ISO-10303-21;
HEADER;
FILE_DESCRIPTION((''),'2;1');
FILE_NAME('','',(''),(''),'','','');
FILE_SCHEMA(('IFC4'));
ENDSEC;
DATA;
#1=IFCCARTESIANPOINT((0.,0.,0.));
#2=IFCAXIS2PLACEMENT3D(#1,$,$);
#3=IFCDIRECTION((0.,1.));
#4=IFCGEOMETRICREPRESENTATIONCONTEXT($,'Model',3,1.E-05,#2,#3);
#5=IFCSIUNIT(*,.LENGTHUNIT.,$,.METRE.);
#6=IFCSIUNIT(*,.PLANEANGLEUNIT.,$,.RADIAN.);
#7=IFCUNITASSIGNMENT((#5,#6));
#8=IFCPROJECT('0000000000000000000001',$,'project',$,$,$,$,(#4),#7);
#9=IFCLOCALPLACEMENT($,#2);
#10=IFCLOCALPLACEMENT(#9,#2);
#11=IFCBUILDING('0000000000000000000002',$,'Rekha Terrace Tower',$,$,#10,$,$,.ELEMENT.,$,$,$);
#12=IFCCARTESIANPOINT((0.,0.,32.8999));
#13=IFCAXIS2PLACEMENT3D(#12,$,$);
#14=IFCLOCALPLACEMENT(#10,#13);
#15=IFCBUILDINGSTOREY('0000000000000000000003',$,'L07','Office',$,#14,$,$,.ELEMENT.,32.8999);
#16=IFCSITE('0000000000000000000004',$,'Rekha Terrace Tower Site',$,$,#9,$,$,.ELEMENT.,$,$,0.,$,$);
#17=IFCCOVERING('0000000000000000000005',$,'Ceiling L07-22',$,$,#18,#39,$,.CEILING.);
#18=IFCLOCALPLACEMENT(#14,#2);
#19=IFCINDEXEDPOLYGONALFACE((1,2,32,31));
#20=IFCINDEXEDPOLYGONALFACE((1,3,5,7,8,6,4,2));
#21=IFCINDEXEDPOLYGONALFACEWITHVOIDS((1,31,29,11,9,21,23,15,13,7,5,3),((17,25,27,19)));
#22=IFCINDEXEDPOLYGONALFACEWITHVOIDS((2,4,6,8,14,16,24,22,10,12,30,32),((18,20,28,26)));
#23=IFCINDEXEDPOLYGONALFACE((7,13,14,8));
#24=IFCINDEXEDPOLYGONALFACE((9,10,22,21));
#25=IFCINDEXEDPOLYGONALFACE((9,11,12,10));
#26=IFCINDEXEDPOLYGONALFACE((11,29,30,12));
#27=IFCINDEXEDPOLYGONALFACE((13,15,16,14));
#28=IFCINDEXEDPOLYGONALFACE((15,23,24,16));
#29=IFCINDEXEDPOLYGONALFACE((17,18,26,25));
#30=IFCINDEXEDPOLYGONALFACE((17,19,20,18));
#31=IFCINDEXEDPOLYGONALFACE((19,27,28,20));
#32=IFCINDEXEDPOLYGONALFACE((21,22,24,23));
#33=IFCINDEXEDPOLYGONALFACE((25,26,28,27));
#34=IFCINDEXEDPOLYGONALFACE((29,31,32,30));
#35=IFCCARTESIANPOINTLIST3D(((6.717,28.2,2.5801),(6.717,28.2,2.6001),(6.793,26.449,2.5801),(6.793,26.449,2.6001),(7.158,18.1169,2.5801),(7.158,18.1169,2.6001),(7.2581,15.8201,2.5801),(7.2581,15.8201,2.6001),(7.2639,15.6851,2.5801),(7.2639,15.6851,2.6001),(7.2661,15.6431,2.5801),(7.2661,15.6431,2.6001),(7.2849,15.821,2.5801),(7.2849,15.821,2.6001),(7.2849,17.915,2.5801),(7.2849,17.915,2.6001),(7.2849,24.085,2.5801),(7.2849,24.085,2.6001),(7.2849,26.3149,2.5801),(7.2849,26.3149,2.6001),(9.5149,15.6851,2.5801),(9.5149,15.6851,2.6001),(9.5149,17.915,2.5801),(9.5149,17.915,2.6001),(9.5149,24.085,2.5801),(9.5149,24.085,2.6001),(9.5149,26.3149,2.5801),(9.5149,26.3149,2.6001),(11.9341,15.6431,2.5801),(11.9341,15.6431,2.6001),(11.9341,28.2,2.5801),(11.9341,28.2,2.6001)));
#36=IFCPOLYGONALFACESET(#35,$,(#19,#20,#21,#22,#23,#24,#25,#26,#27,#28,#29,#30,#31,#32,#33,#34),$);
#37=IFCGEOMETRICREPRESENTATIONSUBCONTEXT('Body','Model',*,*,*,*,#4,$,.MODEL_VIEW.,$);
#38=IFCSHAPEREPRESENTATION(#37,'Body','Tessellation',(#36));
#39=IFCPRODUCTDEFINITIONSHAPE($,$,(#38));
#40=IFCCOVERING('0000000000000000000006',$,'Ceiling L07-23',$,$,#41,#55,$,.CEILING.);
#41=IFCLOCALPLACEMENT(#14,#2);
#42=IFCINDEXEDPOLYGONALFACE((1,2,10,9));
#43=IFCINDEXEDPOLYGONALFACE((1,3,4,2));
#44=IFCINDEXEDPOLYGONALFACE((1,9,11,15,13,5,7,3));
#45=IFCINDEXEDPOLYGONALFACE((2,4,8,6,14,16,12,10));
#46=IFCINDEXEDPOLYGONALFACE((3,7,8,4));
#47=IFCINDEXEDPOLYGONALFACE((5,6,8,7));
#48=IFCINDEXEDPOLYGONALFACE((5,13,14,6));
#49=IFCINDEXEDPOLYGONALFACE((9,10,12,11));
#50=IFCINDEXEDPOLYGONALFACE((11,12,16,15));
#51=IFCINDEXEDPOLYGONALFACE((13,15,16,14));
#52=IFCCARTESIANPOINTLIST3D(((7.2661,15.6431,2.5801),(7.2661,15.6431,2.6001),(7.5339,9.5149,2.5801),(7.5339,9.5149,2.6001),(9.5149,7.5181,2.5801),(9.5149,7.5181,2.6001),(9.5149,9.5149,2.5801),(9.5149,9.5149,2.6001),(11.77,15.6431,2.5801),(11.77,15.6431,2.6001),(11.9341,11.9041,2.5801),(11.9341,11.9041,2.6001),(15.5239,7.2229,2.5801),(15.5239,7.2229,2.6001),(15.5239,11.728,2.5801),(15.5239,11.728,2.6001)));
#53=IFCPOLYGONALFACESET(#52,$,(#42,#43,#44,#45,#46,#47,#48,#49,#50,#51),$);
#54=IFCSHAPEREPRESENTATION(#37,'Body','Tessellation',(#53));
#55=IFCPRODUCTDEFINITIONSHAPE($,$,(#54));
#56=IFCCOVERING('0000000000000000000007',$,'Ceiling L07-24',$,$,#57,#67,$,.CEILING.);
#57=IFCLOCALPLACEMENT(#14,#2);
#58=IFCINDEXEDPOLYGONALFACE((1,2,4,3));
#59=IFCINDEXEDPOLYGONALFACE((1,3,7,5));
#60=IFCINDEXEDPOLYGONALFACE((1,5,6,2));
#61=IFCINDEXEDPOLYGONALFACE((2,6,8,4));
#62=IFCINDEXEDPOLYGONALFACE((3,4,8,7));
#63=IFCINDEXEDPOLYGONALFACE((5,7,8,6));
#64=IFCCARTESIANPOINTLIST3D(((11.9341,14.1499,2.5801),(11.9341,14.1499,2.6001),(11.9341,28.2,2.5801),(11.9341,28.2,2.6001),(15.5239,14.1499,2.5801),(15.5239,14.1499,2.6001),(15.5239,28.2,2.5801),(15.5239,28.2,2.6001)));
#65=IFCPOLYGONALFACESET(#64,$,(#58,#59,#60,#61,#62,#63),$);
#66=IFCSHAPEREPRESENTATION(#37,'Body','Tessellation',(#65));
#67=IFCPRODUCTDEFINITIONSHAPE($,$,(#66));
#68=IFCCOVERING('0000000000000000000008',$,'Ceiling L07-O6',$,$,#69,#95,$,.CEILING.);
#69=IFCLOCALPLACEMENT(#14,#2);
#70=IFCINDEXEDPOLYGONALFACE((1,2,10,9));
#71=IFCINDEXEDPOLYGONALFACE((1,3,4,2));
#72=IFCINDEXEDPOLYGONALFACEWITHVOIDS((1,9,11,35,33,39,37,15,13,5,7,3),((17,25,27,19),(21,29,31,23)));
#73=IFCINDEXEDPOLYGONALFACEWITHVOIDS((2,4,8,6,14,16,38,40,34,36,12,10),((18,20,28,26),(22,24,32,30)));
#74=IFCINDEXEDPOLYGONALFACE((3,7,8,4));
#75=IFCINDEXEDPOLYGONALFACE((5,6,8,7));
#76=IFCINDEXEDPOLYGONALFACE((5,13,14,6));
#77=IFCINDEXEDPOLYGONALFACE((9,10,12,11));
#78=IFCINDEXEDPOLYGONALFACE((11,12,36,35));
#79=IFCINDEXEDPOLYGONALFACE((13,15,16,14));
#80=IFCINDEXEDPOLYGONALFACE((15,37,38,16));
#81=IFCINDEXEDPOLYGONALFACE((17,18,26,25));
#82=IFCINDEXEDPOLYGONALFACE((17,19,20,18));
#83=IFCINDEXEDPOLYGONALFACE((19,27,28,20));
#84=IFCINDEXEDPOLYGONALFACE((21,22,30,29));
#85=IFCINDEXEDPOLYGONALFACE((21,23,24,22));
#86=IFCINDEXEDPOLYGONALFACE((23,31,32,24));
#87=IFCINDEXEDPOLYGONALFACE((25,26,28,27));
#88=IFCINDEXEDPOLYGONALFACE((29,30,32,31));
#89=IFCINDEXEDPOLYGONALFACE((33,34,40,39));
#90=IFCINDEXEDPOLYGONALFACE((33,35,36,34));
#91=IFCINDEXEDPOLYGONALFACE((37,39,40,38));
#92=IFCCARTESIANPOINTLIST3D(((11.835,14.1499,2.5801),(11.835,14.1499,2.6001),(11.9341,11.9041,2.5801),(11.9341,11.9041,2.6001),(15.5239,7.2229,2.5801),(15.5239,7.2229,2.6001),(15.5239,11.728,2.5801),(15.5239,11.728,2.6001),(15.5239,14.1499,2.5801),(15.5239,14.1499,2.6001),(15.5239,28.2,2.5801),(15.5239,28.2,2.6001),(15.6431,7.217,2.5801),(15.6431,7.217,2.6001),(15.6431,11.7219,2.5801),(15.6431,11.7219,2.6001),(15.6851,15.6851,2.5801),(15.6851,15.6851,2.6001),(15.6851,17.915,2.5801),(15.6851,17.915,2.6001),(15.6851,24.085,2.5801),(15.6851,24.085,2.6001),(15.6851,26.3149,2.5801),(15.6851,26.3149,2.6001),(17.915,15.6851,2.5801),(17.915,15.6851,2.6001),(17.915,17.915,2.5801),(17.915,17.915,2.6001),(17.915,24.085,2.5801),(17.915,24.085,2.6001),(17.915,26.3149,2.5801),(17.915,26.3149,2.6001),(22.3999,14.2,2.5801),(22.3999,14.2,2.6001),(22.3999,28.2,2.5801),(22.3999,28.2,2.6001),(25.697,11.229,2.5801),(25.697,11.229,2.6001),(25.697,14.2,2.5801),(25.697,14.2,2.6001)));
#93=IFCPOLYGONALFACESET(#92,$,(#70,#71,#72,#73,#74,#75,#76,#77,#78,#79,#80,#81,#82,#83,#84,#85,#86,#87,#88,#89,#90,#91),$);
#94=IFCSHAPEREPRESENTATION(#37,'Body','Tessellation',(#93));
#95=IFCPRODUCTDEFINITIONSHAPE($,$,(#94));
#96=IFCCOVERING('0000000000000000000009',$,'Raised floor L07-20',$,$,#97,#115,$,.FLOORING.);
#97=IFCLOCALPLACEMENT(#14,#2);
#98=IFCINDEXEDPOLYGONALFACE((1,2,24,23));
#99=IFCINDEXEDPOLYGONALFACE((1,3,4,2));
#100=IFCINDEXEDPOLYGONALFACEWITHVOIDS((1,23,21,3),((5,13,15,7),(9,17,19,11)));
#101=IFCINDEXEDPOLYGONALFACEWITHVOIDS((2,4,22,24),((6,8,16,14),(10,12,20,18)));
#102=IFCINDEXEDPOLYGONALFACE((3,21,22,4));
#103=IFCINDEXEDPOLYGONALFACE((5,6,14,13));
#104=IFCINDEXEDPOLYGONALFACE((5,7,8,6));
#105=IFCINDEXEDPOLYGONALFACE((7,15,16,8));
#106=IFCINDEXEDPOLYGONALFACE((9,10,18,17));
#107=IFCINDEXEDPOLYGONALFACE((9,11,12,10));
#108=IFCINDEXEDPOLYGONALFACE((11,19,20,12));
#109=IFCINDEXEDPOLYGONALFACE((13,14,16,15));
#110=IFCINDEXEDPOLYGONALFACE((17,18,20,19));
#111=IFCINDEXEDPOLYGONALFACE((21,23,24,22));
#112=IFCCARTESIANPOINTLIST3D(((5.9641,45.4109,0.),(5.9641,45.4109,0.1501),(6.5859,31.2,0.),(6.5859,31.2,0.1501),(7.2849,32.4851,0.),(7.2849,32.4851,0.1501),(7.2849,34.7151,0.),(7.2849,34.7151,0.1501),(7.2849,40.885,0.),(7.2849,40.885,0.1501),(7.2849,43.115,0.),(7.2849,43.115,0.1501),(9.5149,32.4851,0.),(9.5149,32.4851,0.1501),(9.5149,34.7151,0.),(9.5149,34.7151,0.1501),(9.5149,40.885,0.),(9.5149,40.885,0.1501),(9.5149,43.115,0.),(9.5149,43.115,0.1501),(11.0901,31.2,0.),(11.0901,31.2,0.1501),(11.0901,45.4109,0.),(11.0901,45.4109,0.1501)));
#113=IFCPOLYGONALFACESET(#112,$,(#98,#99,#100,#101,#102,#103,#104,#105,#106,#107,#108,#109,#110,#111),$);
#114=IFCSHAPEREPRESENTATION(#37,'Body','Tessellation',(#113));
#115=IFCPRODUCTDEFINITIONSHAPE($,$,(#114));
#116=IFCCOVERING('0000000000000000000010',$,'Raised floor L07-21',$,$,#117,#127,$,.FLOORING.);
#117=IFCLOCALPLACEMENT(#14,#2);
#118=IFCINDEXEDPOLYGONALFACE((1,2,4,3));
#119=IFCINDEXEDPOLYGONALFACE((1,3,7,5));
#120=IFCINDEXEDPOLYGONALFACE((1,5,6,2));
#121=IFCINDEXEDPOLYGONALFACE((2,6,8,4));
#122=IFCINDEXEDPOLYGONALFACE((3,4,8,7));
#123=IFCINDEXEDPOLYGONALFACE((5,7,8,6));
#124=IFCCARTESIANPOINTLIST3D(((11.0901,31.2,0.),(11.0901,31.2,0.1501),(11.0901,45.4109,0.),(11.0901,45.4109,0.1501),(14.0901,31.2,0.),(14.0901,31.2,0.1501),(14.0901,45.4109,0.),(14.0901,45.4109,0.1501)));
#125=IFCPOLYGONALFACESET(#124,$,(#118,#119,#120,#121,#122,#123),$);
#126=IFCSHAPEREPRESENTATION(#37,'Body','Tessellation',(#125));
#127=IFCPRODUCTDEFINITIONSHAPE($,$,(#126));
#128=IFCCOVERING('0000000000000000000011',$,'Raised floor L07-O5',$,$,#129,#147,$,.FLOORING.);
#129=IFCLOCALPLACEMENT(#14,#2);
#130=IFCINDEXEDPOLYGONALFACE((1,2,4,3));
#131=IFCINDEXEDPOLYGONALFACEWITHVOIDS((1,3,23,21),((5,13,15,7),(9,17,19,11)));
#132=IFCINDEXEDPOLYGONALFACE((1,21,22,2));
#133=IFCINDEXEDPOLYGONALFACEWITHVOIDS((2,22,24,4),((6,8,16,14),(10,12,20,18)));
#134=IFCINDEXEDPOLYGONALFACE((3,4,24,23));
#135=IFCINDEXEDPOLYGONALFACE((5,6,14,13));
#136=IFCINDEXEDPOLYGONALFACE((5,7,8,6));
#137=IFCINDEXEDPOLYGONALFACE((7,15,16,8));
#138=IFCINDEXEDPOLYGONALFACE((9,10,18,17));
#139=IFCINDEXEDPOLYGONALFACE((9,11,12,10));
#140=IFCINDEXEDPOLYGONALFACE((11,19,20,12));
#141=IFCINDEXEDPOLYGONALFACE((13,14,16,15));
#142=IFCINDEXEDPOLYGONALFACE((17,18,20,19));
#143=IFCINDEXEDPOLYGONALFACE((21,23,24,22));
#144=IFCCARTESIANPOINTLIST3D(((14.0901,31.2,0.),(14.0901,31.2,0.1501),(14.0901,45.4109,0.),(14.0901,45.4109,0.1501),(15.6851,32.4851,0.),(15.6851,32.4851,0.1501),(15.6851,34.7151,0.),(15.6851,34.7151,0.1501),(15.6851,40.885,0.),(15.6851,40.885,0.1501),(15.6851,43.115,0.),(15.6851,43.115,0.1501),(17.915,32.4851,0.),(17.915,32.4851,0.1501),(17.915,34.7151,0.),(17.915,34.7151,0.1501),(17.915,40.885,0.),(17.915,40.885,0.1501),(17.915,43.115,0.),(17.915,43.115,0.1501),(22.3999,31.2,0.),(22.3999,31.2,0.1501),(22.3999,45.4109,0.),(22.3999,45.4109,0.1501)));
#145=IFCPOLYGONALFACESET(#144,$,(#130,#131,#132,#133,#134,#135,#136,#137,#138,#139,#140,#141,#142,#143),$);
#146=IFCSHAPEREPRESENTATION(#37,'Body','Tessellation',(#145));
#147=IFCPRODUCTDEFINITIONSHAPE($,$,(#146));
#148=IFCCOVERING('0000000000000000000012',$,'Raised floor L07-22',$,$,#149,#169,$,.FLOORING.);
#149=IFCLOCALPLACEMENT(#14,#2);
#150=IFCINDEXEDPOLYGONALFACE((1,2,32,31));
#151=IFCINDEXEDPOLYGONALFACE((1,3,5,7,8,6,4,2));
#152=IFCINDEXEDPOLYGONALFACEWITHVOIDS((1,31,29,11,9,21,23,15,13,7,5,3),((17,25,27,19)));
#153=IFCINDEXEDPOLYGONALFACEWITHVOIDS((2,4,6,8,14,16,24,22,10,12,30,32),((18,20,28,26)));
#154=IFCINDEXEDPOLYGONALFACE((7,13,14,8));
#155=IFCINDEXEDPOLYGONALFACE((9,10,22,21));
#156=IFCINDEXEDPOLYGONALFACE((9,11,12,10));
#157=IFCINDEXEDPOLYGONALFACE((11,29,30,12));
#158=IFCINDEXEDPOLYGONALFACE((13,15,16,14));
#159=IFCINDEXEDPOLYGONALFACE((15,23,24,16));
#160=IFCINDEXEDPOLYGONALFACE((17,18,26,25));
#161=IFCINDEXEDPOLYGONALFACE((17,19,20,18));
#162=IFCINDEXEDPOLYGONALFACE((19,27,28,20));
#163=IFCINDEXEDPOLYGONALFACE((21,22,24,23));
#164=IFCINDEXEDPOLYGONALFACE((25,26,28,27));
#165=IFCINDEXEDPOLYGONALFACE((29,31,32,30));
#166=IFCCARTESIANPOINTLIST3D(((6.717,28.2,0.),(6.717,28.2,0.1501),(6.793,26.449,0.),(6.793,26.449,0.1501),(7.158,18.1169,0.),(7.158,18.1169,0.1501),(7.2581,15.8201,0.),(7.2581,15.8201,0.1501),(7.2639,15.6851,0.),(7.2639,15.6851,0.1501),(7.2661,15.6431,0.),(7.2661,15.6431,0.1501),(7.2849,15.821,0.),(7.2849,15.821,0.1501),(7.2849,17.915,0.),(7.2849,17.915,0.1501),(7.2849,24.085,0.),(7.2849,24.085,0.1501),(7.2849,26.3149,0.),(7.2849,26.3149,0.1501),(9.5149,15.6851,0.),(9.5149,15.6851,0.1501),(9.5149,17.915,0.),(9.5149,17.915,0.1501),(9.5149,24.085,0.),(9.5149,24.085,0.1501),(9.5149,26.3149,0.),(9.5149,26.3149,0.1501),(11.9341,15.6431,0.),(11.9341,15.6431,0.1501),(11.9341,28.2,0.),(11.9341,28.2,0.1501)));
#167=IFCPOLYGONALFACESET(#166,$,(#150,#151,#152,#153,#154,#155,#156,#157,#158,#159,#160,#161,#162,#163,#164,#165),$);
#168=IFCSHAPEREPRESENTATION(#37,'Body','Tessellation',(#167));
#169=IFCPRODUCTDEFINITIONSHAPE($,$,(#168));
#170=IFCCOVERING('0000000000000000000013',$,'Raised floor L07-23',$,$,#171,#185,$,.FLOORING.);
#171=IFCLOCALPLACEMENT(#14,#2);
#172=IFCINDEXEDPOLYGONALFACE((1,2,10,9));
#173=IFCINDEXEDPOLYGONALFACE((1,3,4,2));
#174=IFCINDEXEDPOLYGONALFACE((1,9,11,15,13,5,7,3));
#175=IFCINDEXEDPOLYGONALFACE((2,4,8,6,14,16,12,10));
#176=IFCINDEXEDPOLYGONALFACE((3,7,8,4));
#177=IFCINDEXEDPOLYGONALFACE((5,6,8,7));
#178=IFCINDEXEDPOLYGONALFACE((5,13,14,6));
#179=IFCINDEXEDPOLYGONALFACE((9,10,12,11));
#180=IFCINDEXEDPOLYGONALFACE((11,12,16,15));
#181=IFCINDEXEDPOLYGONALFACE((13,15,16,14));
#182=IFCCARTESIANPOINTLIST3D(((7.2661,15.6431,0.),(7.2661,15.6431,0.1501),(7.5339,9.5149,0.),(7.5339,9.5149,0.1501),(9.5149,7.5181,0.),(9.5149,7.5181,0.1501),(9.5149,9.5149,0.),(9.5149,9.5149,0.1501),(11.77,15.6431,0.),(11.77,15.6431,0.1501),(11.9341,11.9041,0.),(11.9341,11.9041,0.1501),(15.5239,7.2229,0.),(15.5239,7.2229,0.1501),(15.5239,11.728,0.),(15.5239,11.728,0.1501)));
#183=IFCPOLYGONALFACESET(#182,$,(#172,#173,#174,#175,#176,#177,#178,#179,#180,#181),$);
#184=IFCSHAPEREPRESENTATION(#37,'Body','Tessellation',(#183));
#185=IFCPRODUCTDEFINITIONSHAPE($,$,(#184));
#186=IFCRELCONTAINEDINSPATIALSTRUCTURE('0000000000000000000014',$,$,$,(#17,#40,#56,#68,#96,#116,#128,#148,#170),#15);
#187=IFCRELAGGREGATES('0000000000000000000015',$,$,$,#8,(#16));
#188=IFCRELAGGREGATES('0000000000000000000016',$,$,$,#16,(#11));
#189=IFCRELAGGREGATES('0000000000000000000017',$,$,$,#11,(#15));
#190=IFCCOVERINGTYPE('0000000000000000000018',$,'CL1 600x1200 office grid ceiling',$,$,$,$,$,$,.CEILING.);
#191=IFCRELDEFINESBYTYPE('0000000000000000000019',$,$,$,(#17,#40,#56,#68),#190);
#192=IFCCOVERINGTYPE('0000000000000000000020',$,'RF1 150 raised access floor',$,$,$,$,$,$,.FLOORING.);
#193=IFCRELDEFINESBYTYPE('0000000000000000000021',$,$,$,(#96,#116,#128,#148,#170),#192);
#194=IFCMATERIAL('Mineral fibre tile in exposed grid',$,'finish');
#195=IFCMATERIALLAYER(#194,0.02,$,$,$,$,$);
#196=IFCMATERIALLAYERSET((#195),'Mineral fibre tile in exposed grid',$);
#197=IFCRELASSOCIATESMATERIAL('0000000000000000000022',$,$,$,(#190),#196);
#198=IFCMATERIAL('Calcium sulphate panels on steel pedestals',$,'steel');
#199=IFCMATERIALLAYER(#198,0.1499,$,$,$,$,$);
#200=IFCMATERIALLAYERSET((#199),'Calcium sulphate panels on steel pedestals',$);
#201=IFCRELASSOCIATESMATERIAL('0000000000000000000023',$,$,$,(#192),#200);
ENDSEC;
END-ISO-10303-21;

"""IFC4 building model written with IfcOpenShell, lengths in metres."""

from ifc_helpers import new_model, si_unit, direction, frame, origin, place, context, subcontext, project, spatial, polyline, outline, extrude, material, layer, layer_set, type_object, element, save


model = new_model("IFC4")

# Units and contexts
model_context = context("Model", 3, precision=1e-05, world=origin(), true_north=direction((0.0, 1.0)))
body_context = subcontext(model_context, "Body", "Model", "MODEL_VIEW")
ifc_project = project(units=[si_unit("LENGTHUNIT", "METRE"), si_unit("PLANEANGLEUNIT", "RADIAN")], contexts=[model_context])

# Site, building, storey
site_placement = place(None, origin())
site = spatial("IfcSite", under=ifc_project, at=site_placement, Name="Rekha Terrace Tower Site", CompositionType="ELEMENT", RefElevation=0.0)
building_placement = place(site_placement, origin())
building = spatial("IfcBuilding", under=site, at=building_placement, Name="Rekha Terrace Tower", CompositionType="ELEMENT")
storey_placement = place(building_placement, frame((0.0, 0.0, 32.8999)))
storey = spatial("IfcBuildingStorey", under=building, at=storey_placement, Name="L07", Description="Office", CompositionType="ELEMENT", Elevation=32.8999)

# Coverings
ifc_material_1 = material(Name="Mineral fibre tile in exposed grid", Category="finish")
ifc_layer_1 = layer(ifc_material_1, 0.02)
ifc_layer_set_1 = layer_set([ifc_layer_1], Name="Mineral fibre tile in exposed grid")
covering_type_1 = type_object("IfcCoveringType", Name="CL1 600x1200 office grid ceiling", PredefinedType="CEILING", material=ifc_layer_set_1)
covering_1_placement = place(storey_placement, frame((0.0, 0.0, 2.5801)))
element("IfcCovering", 1, at=covering_1_placement, inside=storey, type_object=covering_type_1, Name="Ceiling L07-22", PredefinedType="CEILING", context=body_context, shape_type="SweptSolid", body=[
    extrude(outline(polyline([(7.2581, 15.8201), (7.2849, 15.821), (7.2849, 17.915), (9.5149, 17.915), (9.5149, 15.6851), (7.2639, 15.6851), (7.2661, 15.6431), (11.9341, 15.6431), (11.9341, 28.2), (6.717, 28.2), (6.793, 26.449), (7.158, 18.1169), (7.2581, 15.8201)]), holes=[polyline([(9.5149, 24.085), (7.2849, 24.085), (7.2849, 26.3149), (9.5149, 26.3149), (9.5149, 24.085)])]), origin(), (0.0, 0.0, 1.0), 0.02),
])
covering_2_placement = place(storey_placement, frame((0.0, 0.0, 2.5801)))
element("IfcCovering", 2, at=covering_2_placement, inside=storey, type_object=covering_type_1, Name="Ceiling L07-23", PredefinedType="CEILING", context=body_context, shape_type="SweptSolid", body=[
    extrude(outline(polyline([(11.9341, 11.9041), (11.77, 15.6431), (7.2661, 15.6431), (7.5339, 9.5149), (9.5149, 9.5149), (9.5149, 7.5181), (15.5239, 7.2229), (15.5239, 11.728), (11.9341, 11.9041)])), origin(), (0.0, 0.0, 1.0), 0.02),
])
covering_3_placement = place(storey_placement, frame((0.0, 0.0, 2.5801)))
element("IfcCovering", 3, at=covering_3_placement, inside=storey, type_object=covering_type_1, Name="Ceiling L07-24", PredefinedType="CEILING", context=body_context, shape_type="SweptSolid", body=[
    extrude(outline(polyline([(11.9341, 14.1499), (15.5239, 14.1499), (15.5239, 28.2), (11.9341, 28.2), (11.9341, 14.1499)])), origin(), (0.0, 0.0, 1.0), 0.02),
])
covering_4_placement = place(storey_placement, frame((0.0, 0.0, 2.5801)))
element("IfcCovering", 4, at=covering_4_placement, inside=storey, type_object=covering_type_1, Name="Ceiling L07-O6", PredefinedType="CEILING", context=body_context, shape_type="SweptSolid", body=[
    extrude(outline(polyline([(15.5239, 28.2), (15.5239, 14.1499), (11.835, 14.1499), (11.9341, 11.9041), (15.5239, 11.728), (15.5239, 7.2229), (15.6431, 7.217), (15.6431, 11.7219), (25.697, 11.229), (25.697, 14.2), (22.3999, 14.2), (22.3999, 28.2), (15.5239, 28.2)]), holes=[polyline([(17.915, 15.6851), (15.6851, 15.6851), (15.6851, 17.915), (17.915, 17.915), (17.915, 15.6851)]), polyline([(17.915, 24.085), (15.6851, 24.085), (15.6851, 26.3149), (17.915, 26.3149), (17.915, 24.085)])]), origin(), (0.0, 0.0, 1.0), 0.02),
])
ifc_material_2 = material(Name="Calcium sulphate panels on steel pedestals", Category="steel")
ifc_layer_2 = layer(ifc_material_2, 0.1499)
ifc_layer_set_2 = layer_set([ifc_layer_2], Name="Calcium sulphate panels on steel pedestals")
covering_type_2 = type_object("IfcCoveringType", Name="RF1 150 raised access floor", PredefinedType="FLOORING", material=ifc_layer_set_2)
covering_5_placement = place(storey_placement, origin())
element("IfcCovering", 5, at=covering_5_placement, inside=storey, type_object=covering_type_2, Name="Raised floor L07-20", PredefinedType="FLOORING", context=body_context, shape_type="SweptSolid", body=[
    extrude(outline(polyline([(6.5859, 31.2), (11.0901, 31.2), (11.0901, 45.4109), (5.9641, 45.4109), (6.5859, 31.2)]), holes=[polyline([(9.5149, 32.4851), (7.2849, 32.4851), (7.2849, 34.7151), (9.5149, 34.7151), (9.5149, 32.4851)]), polyline([(9.5149, 40.885), (7.2849, 40.885), (7.2849, 43.115), (9.5149, 43.115), (9.5149, 40.885)])]), origin(), (0.0, 0.0, 1.0), 0.1501),
])
covering_6_placement = place(storey_placement, origin())
element("IfcCovering", 6, at=covering_6_placement, inside=storey, type_object=covering_type_2, Name="Raised floor L07-21", PredefinedType="FLOORING", context=body_context, shape_type="SweptSolid", body=[
    extrude(outline(polyline([(14.0901, 31.2), (14.0901, 45.4109), (11.0901, 45.4109), (11.0901, 31.2), (14.0901, 31.2)])), origin(), (0.0, 0.0, 1.0), 0.1501),
])
covering_7_placement = place(storey_placement, origin())
element("IfcCovering", 7, at=covering_7_placement, inside=storey, type_object=covering_type_2, Name="Raised floor L07-O5", PredefinedType="FLOORING", context=body_context, shape_type="SweptSolid", body=[
    extrude(outline(polyline([(14.0901, 45.4109), (14.0901, 31.2), (22.3999, 31.2), (22.3999, 45.4109), (14.0901, 45.4109)]), holes=[polyline([(17.915, 32.4851), (15.6851, 32.4851), (15.6851, 34.7151), (17.915, 34.7151), (17.915, 32.4851)]), polyline([(17.915, 40.885), (15.6851, 40.885), (15.6851, 43.115), (17.915, 43.115), (17.915, 40.885)])]), origin(), (0.0, 0.0, 1.0), 0.1501),
])
covering_8_placement = place(storey_placement, origin())
element("IfcCovering", 8, at=covering_8_placement, inside=storey, type_object=covering_type_2, Name="Raised floor L07-22", PredefinedType="FLOORING", context=body_context, shape_type="SweptSolid", body=[
    extrude(outline(polyline([(7.2581, 15.8201), (7.2849, 15.821), (7.2849, 17.915), (9.5149, 17.915), (9.5149, 15.6851), (7.2639, 15.6851), (7.2661, 15.6431), (11.9341, 15.6431), (11.9341, 28.2), (6.717, 28.2), (6.793, 26.449), (7.158, 18.1169), (7.2581, 15.8201)]), holes=[polyline([(9.5149, 24.085), (7.2849, 24.085), (7.2849, 26.3149), (9.5149, 26.3149), (9.5149, 24.085)])]), origin(), (0.0, 0.0, 1.0), 0.1501),
])
covering_9_placement = place(storey_placement, origin())
element("IfcCovering", 9, at=covering_9_placement, inside=storey, type_object=covering_type_2, Name="Raised floor L07-23", PredefinedType="FLOORING", context=body_context, shape_type="SweptSolid", body=[
    extrude(outline(polyline([(11.9341, 11.9041), (11.77, 15.6431), (7.2661, 15.6431), (7.5339, 9.5149), (9.5149, 9.5149), (9.5149, 7.5181), (15.5239, 7.2229), (15.5239, 11.728), (11.9341, 11.9041)])), origin(), (0.0, 0.0, 1.0), 0.1501),
])

save(model, "model.ifc")
